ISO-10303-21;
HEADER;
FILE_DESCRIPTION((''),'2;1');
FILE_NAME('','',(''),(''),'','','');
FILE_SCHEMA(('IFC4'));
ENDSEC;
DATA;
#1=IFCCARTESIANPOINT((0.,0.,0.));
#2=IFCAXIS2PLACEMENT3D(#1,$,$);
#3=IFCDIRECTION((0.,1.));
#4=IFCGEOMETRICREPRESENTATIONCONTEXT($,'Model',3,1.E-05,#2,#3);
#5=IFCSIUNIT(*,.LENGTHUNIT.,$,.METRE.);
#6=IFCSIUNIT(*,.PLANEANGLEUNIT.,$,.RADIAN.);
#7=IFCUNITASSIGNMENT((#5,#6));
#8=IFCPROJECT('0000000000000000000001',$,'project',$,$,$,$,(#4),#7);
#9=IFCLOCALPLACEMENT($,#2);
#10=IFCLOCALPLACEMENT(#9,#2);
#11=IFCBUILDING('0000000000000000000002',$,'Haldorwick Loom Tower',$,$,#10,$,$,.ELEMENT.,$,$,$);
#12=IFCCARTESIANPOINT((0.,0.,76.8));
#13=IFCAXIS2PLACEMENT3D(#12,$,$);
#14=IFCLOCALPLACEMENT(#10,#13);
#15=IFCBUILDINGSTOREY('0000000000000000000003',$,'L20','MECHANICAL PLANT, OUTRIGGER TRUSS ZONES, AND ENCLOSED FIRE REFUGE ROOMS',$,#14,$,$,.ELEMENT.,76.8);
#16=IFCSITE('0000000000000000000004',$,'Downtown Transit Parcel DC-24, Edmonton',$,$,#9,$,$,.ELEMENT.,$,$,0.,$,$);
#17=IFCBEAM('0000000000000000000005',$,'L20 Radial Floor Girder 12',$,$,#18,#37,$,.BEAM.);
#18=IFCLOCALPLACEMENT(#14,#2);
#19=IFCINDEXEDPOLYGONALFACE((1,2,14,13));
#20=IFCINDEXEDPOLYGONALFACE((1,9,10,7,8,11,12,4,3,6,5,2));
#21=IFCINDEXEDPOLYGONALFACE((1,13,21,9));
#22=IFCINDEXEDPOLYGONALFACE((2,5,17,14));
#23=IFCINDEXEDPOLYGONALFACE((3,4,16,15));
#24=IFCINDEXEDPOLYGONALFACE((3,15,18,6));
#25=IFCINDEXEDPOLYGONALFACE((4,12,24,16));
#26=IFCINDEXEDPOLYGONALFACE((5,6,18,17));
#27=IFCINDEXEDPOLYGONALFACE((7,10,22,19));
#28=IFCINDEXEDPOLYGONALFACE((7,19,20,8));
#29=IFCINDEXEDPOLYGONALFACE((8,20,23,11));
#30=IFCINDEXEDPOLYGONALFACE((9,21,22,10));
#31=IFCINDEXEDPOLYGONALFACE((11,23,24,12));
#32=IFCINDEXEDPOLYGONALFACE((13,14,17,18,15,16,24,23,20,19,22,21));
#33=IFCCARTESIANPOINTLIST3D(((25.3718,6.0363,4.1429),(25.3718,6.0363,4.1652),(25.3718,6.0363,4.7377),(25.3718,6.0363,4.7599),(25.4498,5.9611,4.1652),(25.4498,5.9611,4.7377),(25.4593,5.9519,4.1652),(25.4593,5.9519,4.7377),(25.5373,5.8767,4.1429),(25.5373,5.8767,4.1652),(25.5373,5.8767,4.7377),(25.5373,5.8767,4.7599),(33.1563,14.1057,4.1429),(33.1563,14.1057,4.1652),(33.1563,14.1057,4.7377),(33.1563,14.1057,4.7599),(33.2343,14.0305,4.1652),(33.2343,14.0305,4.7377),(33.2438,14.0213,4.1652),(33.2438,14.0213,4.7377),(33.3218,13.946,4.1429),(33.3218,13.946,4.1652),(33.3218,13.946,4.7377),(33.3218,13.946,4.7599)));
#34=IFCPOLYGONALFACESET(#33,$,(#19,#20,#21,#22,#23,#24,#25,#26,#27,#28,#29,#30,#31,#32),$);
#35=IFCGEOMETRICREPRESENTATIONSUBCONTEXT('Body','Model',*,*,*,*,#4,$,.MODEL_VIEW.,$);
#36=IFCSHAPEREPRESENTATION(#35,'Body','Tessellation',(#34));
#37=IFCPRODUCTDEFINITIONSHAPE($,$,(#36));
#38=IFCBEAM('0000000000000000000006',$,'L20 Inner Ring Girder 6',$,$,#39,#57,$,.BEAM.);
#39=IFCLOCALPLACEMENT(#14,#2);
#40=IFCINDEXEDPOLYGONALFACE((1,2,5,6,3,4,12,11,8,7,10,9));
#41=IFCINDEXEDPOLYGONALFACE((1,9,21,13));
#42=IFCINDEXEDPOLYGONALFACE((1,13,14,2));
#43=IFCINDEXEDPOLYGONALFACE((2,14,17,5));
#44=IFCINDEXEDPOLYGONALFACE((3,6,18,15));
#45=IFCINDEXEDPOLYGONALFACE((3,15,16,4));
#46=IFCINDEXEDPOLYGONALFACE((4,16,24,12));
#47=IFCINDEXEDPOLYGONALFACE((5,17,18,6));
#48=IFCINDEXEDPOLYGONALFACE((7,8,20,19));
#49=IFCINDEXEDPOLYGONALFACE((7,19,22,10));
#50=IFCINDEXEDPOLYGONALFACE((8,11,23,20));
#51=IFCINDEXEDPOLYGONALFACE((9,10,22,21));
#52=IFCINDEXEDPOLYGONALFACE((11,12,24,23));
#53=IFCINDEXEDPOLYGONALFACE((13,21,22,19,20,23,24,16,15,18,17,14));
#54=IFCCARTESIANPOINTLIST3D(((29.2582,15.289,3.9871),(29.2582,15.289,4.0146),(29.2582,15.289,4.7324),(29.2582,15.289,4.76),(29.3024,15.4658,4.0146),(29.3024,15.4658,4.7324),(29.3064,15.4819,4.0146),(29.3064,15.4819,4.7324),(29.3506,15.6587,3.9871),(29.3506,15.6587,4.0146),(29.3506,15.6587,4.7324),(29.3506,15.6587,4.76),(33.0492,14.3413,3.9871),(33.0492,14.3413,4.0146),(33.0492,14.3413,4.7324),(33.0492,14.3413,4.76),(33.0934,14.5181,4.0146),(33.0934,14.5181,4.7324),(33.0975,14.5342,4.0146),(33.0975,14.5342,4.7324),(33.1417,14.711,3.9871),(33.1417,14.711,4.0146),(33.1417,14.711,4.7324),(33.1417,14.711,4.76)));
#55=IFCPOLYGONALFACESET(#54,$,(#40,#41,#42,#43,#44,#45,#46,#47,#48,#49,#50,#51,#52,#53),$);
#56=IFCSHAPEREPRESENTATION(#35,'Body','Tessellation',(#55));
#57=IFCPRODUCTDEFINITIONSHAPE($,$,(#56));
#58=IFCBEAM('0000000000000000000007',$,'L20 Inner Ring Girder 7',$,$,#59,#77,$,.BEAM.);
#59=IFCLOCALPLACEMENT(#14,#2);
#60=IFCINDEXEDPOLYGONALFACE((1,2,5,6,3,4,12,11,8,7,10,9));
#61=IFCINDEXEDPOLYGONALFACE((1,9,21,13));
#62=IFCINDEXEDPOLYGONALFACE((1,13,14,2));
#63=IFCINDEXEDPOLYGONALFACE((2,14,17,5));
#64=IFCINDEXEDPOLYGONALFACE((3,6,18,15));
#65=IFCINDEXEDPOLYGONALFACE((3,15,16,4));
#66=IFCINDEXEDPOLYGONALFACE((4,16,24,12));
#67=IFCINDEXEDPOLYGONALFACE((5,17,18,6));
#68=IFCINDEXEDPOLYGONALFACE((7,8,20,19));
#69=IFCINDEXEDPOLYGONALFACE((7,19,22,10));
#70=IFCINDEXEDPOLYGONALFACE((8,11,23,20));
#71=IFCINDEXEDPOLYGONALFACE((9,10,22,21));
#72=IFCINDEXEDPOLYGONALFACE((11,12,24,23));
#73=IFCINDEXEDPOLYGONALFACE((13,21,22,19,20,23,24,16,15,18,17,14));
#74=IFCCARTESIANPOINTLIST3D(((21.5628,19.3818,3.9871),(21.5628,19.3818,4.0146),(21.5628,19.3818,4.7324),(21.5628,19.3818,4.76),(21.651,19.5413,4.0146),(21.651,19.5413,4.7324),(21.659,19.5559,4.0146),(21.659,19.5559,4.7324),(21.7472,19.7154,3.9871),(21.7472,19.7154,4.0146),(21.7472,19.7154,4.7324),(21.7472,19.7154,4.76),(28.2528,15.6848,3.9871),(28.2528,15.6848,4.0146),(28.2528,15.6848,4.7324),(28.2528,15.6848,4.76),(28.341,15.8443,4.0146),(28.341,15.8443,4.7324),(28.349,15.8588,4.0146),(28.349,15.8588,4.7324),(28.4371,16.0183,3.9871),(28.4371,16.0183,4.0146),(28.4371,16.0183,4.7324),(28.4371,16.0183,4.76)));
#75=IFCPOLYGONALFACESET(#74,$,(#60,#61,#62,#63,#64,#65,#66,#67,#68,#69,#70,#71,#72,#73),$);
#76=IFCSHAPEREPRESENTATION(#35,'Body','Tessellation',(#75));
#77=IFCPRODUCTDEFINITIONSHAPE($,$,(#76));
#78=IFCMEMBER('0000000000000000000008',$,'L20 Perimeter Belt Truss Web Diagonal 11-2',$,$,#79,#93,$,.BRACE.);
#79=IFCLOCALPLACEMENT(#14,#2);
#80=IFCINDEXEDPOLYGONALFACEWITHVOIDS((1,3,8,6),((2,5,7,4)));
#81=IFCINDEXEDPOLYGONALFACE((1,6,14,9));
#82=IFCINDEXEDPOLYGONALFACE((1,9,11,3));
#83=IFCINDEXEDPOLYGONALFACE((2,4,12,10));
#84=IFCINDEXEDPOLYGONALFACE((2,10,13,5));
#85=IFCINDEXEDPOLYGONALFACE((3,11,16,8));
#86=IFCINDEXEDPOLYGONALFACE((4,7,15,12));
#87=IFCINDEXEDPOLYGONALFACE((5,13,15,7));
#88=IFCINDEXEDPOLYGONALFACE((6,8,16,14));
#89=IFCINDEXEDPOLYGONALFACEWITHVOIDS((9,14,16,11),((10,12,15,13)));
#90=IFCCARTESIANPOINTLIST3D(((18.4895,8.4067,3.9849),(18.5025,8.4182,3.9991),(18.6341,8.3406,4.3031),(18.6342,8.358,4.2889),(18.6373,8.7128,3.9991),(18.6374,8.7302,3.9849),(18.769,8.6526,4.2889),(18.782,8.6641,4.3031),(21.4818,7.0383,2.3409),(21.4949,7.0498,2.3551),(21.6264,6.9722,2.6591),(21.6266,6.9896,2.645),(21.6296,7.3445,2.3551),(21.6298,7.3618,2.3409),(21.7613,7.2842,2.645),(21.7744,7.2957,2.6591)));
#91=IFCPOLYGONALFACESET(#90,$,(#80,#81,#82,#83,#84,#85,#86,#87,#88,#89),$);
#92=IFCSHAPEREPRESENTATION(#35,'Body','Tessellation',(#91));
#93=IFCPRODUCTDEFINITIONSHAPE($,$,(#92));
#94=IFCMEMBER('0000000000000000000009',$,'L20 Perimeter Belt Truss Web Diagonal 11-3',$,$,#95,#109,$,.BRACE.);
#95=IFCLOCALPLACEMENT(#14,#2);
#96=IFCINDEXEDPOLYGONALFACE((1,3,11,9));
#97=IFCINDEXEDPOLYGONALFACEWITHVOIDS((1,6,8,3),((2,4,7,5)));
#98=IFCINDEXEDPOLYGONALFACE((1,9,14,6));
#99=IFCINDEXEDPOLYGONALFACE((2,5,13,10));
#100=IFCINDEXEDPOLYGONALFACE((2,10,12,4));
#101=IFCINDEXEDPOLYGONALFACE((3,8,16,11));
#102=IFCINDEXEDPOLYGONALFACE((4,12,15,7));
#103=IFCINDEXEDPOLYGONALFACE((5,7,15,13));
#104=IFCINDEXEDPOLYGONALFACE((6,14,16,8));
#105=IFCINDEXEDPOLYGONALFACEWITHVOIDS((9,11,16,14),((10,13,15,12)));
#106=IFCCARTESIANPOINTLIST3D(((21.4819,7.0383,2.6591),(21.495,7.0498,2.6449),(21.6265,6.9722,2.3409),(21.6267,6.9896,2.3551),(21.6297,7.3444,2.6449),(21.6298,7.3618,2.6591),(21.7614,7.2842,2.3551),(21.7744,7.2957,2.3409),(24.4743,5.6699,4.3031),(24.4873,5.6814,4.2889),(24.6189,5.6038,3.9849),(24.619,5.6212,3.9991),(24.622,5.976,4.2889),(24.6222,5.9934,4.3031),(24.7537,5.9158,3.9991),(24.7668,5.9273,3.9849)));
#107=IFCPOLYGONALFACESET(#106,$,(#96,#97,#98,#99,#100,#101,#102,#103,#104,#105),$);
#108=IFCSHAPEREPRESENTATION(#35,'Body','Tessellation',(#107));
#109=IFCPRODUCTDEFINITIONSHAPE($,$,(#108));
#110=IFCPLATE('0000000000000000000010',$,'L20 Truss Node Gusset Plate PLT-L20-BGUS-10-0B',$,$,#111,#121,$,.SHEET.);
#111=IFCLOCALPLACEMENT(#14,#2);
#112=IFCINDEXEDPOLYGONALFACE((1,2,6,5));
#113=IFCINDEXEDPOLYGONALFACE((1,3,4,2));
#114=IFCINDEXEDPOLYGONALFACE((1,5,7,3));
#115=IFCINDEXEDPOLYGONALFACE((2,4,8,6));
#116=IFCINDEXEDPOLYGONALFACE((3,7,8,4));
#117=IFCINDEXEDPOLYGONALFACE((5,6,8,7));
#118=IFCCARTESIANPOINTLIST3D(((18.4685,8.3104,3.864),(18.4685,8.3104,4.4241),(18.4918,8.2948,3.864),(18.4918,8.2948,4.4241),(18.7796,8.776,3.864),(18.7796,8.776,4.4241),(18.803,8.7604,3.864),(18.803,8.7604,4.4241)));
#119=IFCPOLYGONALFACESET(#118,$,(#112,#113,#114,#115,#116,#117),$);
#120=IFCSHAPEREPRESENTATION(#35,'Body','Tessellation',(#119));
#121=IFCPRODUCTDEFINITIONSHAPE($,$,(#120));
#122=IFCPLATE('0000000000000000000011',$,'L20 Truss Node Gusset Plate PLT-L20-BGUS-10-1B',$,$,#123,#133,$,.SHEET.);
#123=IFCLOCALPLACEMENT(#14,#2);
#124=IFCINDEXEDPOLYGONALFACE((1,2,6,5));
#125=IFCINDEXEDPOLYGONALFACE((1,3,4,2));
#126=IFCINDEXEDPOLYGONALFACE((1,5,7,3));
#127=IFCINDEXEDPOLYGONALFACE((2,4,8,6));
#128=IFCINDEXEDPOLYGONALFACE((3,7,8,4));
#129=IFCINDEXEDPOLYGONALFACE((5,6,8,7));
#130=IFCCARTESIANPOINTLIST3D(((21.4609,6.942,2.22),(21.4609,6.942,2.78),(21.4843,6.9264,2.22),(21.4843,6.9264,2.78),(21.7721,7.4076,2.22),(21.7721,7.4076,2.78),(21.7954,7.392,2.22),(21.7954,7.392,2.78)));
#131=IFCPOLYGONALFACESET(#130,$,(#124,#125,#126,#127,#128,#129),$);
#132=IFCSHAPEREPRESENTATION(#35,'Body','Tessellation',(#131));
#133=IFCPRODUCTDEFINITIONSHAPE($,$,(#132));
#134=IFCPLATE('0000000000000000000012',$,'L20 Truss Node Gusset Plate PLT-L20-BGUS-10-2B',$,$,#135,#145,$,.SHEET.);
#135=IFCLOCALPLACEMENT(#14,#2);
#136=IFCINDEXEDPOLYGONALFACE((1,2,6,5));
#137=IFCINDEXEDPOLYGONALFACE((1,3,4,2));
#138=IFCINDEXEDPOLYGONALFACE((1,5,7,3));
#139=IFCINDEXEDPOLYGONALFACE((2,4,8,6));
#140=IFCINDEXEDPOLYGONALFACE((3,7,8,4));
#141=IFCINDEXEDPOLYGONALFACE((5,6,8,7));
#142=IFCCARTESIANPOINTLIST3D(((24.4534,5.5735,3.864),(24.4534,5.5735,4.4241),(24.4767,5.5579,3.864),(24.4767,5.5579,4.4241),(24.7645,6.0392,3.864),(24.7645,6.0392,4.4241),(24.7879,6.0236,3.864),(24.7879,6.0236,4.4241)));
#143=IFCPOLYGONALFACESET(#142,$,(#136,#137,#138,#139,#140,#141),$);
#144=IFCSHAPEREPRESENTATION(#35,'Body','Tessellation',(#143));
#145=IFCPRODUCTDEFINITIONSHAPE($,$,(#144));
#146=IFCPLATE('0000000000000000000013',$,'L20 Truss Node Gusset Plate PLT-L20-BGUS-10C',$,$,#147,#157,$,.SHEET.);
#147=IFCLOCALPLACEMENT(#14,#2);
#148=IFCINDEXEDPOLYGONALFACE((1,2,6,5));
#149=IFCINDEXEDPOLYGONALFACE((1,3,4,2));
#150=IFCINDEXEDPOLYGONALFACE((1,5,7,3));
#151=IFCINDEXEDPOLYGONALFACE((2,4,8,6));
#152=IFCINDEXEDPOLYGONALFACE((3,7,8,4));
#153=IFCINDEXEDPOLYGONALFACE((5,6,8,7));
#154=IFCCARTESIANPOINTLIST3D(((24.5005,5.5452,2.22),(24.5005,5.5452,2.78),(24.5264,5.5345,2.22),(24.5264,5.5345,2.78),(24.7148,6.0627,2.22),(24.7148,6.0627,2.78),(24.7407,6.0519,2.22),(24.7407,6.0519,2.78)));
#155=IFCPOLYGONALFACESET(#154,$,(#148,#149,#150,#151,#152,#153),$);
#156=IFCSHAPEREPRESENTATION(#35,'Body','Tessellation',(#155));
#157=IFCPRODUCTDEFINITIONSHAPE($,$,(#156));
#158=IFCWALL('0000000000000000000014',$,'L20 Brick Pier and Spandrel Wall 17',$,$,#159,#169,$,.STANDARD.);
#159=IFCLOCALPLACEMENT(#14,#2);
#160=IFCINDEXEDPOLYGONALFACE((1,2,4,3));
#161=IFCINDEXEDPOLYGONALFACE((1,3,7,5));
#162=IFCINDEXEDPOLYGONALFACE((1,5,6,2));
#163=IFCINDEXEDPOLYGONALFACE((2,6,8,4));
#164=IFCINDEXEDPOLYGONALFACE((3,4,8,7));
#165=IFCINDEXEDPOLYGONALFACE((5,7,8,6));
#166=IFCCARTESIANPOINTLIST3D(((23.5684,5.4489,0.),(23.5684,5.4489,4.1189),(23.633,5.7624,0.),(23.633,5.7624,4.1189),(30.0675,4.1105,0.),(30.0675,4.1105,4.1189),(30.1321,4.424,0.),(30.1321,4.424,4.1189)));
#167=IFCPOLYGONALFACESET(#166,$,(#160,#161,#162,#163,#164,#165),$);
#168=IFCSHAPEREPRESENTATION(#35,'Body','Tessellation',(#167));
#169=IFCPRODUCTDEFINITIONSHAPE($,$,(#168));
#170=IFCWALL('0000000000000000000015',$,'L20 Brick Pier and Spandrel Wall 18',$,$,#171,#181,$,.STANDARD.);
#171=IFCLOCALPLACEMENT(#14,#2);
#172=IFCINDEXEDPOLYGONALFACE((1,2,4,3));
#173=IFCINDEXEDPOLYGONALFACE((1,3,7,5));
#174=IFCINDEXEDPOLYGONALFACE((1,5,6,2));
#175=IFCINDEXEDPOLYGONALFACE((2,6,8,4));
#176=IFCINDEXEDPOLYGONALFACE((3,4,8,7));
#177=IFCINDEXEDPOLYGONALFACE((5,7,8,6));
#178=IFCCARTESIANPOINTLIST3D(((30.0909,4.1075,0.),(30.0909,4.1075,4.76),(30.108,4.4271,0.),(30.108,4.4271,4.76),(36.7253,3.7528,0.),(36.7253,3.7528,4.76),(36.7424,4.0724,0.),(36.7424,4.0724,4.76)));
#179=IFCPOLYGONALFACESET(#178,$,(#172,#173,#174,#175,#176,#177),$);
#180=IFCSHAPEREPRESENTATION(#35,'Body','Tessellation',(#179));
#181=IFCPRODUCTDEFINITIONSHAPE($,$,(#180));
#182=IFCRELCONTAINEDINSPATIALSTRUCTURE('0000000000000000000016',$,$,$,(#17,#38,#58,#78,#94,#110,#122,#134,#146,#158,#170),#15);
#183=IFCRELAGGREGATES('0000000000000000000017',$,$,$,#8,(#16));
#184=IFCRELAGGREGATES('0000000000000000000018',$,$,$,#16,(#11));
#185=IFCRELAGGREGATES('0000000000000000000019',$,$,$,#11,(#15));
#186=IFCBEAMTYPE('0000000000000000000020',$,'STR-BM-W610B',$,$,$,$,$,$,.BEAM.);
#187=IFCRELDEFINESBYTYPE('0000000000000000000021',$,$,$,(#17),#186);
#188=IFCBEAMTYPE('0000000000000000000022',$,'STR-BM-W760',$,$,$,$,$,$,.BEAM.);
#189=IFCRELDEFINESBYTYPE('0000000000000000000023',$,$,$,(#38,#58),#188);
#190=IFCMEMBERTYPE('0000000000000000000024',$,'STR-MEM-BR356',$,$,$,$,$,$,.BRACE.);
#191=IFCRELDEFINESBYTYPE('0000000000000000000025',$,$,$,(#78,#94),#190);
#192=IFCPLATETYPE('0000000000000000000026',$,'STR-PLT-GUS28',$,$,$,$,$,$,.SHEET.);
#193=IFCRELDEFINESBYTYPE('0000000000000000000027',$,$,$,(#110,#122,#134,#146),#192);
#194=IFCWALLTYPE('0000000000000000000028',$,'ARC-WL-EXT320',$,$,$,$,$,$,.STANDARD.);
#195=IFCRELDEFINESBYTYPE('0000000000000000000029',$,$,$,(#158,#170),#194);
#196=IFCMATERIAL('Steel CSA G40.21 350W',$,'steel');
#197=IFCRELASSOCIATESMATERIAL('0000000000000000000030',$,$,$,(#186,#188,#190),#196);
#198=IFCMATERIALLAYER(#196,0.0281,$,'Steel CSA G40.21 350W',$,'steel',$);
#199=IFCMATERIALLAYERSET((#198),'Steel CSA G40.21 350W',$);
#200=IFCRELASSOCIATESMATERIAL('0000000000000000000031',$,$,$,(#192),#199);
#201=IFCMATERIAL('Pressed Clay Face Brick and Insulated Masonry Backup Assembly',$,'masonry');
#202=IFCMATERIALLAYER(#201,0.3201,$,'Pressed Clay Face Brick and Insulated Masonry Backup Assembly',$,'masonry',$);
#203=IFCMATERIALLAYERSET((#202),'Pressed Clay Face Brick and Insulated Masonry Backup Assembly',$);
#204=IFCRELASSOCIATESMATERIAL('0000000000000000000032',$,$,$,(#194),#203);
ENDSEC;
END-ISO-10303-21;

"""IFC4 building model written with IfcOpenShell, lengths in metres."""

from ifc_helpers import new_model, si_unit, direction, frame, frame_2d, origin, origin_2d, place, context, subcontext, project, spatial, rectangle, hollow_rectangle, i_section, extrude, material, layer, layer_set, material_profile, profile_set, type_object, element, save


model = new_model("IFC4")

# Units and contexts
model_context = context("Model", 3, precision=1e-05, world=origin(), true_north=direction((0.0, 1.0)))
body_context = subcontext(model_context, "Body", "Model", "MODEL_VIEW")
ifc_project = project(units=[si_unit("LENGTHUNIT", "METRE"), si_unit("PLANEANGLEUNIT", "RADIAN")], contexts=[model_context])

# Site, building, storey
site_placement = place(None, origin())
site = spatial("IfcSite", under=ifc_project, at=site_placement, Name="Downtown Transit Parcel DC-24, Edmonton", CompositionType="ELEMENT", RefElevation=0.0)
building_placement = place(site_placement, origin())
building = spatial("IfcBuilding", under=site, at=building_placement, Name="Haldorwick Loom Tower", CompositionType="ELEMENT")
storey_placement = place(building_placement, frame((0.0, 0.0, 76.8)))
storey = spatial("IfcBuildingStorey", under=building, at=storey_placement, Name="L20", Description="MECHANICAL PLANT, OUTRIGGER TRUSS ZONES, AND ENCLOSED FIRE REFUGE ROOMS", CompositionType="ELEMENT", Elevation=76.8)

# Beams
ifc_material_1 = material(Name="Steel CSA G40.21 350W", Category="steel")
ifc_material_profile_1 = material_profile(ifc_material_1, i_section(OverallWidth=0.23, OverallDepth=0.6169, WebThickness=0.0132, FlangeThickness=0.0222, at=origin_2d()), Name="W610X140", Category="steel")
ifc_profile_set_1 = profile_set([ifc_material_profile_1], Name="Steel CSA G40.21 350W")
beam_type_1 = type_object("IfcBeamType", Name="STR-BM-W610B", PredefinedType="BEAM", material=ifc_profile_set_1)
beam_1_placement = place(storey_placement, frame((33.239, 14.0259, 4.4514), z_axis=(-0.694287, -0.719698, 0.0), x_axis=(0.719698, -0.694287, 0.0)))
element("IfcBeam", 1, at=beam_1_placement, inside=storey, type_object=beam_type_1, Name="L20 Radial Floor Girder 12", PredefinedType="BEAM", context=body_context, shape_type="SweptSolid", body=[
    extrude(i_section(OverallWidth=0.23, OverallDepth=0.6169, WebThickness=0.0132, FlangeThickness=0.0222, at=origin_2d()), origin(), (0.0, 0.0, 1.0), 11.2122),
])
ifc_material_profile_2 = material_profile(ifc_material_1, i_section(OverallWidth=0.3811, OverallDepth=0.7729, WebThickness=0.0166, FlangeThickness=0.0276, at=origin_2d()), Name="W760X257", Category="steel")
ifc_profile_set_2 = profile_set([ifc_material_profile_2], Name="Steel CSA G40.21 350W")
beam_type_2 = type_object("IfcBeamType", Name="STR-BM-W760", PredefinedType="BEAM", material=ifc_profile_set_2)
beam_2_placement = place(storey_placement, frame((33.0955, 14.5261, 4.3735), z_axis=(-0.970143, 0.242536, 0.0), x_axis=(-0.242536, -0.970143, 0.0)))
element("IfcBeam", 2, at=beam_2_placement, inside=storey, type_object=beam_type_2, Name="L20 Inner Ring Girder 6", PredefinedType="BEAM", context=body_context, shape_type="SweptSolid", body=[
    extrude(i_section(OverallWidth=0.3811, OverallDepth=0.7729, WebThickness=0.0166, FlangeThickness=0.0276, at=origin_2d()), origin(), (0.0, 0.0, 1.0), 3.9077),
])
beam_3_placement = place(storey_placement, frame((28.345, 15.8516, 4.3735), z_axis=(-0.875244, 0.483681, 0.0), x_axis=(-0.483681, -0.875244, 0.0)))
element("IfcBeam", 3, at=beam_3_placement, inside=storey, type_object=beam_type_2, Name="L20 Inner Ring Girder 7", PredefinedType="BEAM", context=body_context, shape_type="SweptSolid", body=[
    extrude(i_section(OverallWidth=0.3811, OverallDepth=0.7729, WebThickness=0.0166, FlangeThickness=0.0276, at=origin_2d()), origin(), (0.0, 0.0, 1.0), 7.6436),
])

# Members
ifc_material_profile_3 = material_profile(ifc_material_1, hollow_rectangle(XDim=0.3557, YDim=0.3557, WallThickness=0.0159, at=origin_2d()), Name="HSS356X356X16", Category="steel")
ifc_profile_set_3 = profile_set([ifc_material_profile_3], Name="Steel CSA G40.21 350W")
member_type = type_object("IfcMemberType", Name="STR-MEM-BR356", PredefinedType="BRACE", material=ifc_profile_set_3)
for number, where, z_axis, x_axis, name in (
    (4, (18.6357, 8.5354, 4.144), (0.813531, -0.37202, -0.446954), (0.41587, 0.909424, 0.0), "L20 Perimeter Belt Truss Web Diagonal 11-2"),
    (5, (21.6282, 7.167, 2.5), (0.813531, -0.37202, 0.446954), (0.41587, 0.909424, 0.0), "L20 Perimeter Belt Truss Web Diagonal 11-3"),
):
    element("IfcMember", number, at=place(storey_placement, frame(where, z_axis=z_axis, x_axis=x_axis)), inside=storey, type_object=member_type, Name=name, PredefinedType="BRACE", context=body_context, shape_type="SweptSolid", body=[
        extrude(hollow_rectangle(XDim=0.3557, YDim=0.3557, WallThickness=0.0159, at=origin_2d()), origin(), (0.0, 0.0, 1.0), 3.6782),
    ])

# Plates
ifc_layer_1 = layer(ifc_material_1, 0.0281, Name="Steel CSA G40.21 350W", Category="steel")
ifc_layer_set_1 = layer_set([ifc_layer_1], Name="Steel CSA G40.21 350W")
plate_type = type_object("IfcPlateType", Name="STR-PLT-GUS28", PredefinedType="SHEET", material=ifc_layer_set_1)
for number, where, z_axis, x_axis, name in (
    (6, (18.6357, 8.5354, 3.864), (0.0, 0.0, 1.0), (-0.55557, -0.83147, 0.0), "L20 Truss Node Gusset Plate PLT-L20-BGUS-10-0B"),
    (7, (21.6282, 7.167, 2.22), (0.0, 0.0, 1.0), (-0.55557, -0.83147, 0.0), "L20 Truss Node Gusset Plate PLT-L20-BGUS-10-1B"),
    (8, (24.6206, 5.7986, 3.864), (0.0, 0.0, 1.0), (-0.55557, -0.83147, 0.0), "L20 Truss Node Gusset Plate PLT-L20-BGUS-10-2B"),
    (9, (24.6206, 5.7986, 2.22), (0.0, 0.0, 1.0), (-0.382683, -0.92388, 0.0), "L20 Truss Node Gusset Plate PLT-L20-BGUS-10C"),
):
    element("IfcPlate", number, at=place(storey_placement, frame(where, z_axis=z_axis, x_axis=x_axis)), inside=storey, type_object=plate_type, Name=name, PredefinedType="SHEET", context=body_context, shape_type="SweptSolid", body=[
        extrude(rectangle(XDim=0.5601, YDim=0.0281, at=origin_2d()), origin(), (0.0, 0.0, 1.0), 0.5601),
    ])

# Walls
ifc_material_2 = material(Name="Pressed Clay Face Brick and Insulated Masonry Backup Assembly", Category="masonry")
ifc_layer_2 = layer(ifc_material_2, 0.3201, Name="Pressed Clay Face Brick and Insulated Masonry Backup Assembly", Category="masonry")
ifc_layer_set_2 = layer_set([ifc_layer_2], Name="Pressed Clay Face Brick and Insulated Masonry Backup Assembly")
wall_type_1 = type_object("IfcWallType", Name="ARC-WL-EXT320", PredefinedType="STANDARD", material=ifc_layer_set_2)
wall_1_placement = place(storey_placement, frame((23.6006, 5.6057, 0.0), z_axis=(0.0, 0.0, 1.0), x_axis=(0.979447, -0.201703, 0.0)))
element("IfcWall", 10, at=wall_1_placement, inside=storey, type_object=wall_type_1, Name="L20 Brick Pier and Spandrel Wall 17", PredefinedType="STANDARD", context=body_context, shape_type="SweptSolid", body=[
    extrude(rectangle(XDim=6.6355, YDim=0.3201, at=frame_2d((3.3179, 0.0))), origin(), (0.0, 0.0, 1.0), 4.1189),
])
wall_2_placement = place(storey_placement, frame((30.0996, 4.2673, 0.0), z_axis=(0.0, 0.0, 1.0), x_axis=(0.998574, -0.053394, 0.0)))
element("IfcWall", 11, at=wall_2_placement, inside=storey, type_object=wall_type_1, Name="L20 Brick Pier and Spandrel Wall 18", PredefinedType="STANDARD", context=body_context, shape_type="SweptSolid", body=[
    extrude(rectangle(XDim=6.6438, YDim=0.3201, at=frame_2d((3.3218, 0.0))), origin(), (0.0, 0.0, 1.0), 4.76),
])

save(model, "model.ifc")
